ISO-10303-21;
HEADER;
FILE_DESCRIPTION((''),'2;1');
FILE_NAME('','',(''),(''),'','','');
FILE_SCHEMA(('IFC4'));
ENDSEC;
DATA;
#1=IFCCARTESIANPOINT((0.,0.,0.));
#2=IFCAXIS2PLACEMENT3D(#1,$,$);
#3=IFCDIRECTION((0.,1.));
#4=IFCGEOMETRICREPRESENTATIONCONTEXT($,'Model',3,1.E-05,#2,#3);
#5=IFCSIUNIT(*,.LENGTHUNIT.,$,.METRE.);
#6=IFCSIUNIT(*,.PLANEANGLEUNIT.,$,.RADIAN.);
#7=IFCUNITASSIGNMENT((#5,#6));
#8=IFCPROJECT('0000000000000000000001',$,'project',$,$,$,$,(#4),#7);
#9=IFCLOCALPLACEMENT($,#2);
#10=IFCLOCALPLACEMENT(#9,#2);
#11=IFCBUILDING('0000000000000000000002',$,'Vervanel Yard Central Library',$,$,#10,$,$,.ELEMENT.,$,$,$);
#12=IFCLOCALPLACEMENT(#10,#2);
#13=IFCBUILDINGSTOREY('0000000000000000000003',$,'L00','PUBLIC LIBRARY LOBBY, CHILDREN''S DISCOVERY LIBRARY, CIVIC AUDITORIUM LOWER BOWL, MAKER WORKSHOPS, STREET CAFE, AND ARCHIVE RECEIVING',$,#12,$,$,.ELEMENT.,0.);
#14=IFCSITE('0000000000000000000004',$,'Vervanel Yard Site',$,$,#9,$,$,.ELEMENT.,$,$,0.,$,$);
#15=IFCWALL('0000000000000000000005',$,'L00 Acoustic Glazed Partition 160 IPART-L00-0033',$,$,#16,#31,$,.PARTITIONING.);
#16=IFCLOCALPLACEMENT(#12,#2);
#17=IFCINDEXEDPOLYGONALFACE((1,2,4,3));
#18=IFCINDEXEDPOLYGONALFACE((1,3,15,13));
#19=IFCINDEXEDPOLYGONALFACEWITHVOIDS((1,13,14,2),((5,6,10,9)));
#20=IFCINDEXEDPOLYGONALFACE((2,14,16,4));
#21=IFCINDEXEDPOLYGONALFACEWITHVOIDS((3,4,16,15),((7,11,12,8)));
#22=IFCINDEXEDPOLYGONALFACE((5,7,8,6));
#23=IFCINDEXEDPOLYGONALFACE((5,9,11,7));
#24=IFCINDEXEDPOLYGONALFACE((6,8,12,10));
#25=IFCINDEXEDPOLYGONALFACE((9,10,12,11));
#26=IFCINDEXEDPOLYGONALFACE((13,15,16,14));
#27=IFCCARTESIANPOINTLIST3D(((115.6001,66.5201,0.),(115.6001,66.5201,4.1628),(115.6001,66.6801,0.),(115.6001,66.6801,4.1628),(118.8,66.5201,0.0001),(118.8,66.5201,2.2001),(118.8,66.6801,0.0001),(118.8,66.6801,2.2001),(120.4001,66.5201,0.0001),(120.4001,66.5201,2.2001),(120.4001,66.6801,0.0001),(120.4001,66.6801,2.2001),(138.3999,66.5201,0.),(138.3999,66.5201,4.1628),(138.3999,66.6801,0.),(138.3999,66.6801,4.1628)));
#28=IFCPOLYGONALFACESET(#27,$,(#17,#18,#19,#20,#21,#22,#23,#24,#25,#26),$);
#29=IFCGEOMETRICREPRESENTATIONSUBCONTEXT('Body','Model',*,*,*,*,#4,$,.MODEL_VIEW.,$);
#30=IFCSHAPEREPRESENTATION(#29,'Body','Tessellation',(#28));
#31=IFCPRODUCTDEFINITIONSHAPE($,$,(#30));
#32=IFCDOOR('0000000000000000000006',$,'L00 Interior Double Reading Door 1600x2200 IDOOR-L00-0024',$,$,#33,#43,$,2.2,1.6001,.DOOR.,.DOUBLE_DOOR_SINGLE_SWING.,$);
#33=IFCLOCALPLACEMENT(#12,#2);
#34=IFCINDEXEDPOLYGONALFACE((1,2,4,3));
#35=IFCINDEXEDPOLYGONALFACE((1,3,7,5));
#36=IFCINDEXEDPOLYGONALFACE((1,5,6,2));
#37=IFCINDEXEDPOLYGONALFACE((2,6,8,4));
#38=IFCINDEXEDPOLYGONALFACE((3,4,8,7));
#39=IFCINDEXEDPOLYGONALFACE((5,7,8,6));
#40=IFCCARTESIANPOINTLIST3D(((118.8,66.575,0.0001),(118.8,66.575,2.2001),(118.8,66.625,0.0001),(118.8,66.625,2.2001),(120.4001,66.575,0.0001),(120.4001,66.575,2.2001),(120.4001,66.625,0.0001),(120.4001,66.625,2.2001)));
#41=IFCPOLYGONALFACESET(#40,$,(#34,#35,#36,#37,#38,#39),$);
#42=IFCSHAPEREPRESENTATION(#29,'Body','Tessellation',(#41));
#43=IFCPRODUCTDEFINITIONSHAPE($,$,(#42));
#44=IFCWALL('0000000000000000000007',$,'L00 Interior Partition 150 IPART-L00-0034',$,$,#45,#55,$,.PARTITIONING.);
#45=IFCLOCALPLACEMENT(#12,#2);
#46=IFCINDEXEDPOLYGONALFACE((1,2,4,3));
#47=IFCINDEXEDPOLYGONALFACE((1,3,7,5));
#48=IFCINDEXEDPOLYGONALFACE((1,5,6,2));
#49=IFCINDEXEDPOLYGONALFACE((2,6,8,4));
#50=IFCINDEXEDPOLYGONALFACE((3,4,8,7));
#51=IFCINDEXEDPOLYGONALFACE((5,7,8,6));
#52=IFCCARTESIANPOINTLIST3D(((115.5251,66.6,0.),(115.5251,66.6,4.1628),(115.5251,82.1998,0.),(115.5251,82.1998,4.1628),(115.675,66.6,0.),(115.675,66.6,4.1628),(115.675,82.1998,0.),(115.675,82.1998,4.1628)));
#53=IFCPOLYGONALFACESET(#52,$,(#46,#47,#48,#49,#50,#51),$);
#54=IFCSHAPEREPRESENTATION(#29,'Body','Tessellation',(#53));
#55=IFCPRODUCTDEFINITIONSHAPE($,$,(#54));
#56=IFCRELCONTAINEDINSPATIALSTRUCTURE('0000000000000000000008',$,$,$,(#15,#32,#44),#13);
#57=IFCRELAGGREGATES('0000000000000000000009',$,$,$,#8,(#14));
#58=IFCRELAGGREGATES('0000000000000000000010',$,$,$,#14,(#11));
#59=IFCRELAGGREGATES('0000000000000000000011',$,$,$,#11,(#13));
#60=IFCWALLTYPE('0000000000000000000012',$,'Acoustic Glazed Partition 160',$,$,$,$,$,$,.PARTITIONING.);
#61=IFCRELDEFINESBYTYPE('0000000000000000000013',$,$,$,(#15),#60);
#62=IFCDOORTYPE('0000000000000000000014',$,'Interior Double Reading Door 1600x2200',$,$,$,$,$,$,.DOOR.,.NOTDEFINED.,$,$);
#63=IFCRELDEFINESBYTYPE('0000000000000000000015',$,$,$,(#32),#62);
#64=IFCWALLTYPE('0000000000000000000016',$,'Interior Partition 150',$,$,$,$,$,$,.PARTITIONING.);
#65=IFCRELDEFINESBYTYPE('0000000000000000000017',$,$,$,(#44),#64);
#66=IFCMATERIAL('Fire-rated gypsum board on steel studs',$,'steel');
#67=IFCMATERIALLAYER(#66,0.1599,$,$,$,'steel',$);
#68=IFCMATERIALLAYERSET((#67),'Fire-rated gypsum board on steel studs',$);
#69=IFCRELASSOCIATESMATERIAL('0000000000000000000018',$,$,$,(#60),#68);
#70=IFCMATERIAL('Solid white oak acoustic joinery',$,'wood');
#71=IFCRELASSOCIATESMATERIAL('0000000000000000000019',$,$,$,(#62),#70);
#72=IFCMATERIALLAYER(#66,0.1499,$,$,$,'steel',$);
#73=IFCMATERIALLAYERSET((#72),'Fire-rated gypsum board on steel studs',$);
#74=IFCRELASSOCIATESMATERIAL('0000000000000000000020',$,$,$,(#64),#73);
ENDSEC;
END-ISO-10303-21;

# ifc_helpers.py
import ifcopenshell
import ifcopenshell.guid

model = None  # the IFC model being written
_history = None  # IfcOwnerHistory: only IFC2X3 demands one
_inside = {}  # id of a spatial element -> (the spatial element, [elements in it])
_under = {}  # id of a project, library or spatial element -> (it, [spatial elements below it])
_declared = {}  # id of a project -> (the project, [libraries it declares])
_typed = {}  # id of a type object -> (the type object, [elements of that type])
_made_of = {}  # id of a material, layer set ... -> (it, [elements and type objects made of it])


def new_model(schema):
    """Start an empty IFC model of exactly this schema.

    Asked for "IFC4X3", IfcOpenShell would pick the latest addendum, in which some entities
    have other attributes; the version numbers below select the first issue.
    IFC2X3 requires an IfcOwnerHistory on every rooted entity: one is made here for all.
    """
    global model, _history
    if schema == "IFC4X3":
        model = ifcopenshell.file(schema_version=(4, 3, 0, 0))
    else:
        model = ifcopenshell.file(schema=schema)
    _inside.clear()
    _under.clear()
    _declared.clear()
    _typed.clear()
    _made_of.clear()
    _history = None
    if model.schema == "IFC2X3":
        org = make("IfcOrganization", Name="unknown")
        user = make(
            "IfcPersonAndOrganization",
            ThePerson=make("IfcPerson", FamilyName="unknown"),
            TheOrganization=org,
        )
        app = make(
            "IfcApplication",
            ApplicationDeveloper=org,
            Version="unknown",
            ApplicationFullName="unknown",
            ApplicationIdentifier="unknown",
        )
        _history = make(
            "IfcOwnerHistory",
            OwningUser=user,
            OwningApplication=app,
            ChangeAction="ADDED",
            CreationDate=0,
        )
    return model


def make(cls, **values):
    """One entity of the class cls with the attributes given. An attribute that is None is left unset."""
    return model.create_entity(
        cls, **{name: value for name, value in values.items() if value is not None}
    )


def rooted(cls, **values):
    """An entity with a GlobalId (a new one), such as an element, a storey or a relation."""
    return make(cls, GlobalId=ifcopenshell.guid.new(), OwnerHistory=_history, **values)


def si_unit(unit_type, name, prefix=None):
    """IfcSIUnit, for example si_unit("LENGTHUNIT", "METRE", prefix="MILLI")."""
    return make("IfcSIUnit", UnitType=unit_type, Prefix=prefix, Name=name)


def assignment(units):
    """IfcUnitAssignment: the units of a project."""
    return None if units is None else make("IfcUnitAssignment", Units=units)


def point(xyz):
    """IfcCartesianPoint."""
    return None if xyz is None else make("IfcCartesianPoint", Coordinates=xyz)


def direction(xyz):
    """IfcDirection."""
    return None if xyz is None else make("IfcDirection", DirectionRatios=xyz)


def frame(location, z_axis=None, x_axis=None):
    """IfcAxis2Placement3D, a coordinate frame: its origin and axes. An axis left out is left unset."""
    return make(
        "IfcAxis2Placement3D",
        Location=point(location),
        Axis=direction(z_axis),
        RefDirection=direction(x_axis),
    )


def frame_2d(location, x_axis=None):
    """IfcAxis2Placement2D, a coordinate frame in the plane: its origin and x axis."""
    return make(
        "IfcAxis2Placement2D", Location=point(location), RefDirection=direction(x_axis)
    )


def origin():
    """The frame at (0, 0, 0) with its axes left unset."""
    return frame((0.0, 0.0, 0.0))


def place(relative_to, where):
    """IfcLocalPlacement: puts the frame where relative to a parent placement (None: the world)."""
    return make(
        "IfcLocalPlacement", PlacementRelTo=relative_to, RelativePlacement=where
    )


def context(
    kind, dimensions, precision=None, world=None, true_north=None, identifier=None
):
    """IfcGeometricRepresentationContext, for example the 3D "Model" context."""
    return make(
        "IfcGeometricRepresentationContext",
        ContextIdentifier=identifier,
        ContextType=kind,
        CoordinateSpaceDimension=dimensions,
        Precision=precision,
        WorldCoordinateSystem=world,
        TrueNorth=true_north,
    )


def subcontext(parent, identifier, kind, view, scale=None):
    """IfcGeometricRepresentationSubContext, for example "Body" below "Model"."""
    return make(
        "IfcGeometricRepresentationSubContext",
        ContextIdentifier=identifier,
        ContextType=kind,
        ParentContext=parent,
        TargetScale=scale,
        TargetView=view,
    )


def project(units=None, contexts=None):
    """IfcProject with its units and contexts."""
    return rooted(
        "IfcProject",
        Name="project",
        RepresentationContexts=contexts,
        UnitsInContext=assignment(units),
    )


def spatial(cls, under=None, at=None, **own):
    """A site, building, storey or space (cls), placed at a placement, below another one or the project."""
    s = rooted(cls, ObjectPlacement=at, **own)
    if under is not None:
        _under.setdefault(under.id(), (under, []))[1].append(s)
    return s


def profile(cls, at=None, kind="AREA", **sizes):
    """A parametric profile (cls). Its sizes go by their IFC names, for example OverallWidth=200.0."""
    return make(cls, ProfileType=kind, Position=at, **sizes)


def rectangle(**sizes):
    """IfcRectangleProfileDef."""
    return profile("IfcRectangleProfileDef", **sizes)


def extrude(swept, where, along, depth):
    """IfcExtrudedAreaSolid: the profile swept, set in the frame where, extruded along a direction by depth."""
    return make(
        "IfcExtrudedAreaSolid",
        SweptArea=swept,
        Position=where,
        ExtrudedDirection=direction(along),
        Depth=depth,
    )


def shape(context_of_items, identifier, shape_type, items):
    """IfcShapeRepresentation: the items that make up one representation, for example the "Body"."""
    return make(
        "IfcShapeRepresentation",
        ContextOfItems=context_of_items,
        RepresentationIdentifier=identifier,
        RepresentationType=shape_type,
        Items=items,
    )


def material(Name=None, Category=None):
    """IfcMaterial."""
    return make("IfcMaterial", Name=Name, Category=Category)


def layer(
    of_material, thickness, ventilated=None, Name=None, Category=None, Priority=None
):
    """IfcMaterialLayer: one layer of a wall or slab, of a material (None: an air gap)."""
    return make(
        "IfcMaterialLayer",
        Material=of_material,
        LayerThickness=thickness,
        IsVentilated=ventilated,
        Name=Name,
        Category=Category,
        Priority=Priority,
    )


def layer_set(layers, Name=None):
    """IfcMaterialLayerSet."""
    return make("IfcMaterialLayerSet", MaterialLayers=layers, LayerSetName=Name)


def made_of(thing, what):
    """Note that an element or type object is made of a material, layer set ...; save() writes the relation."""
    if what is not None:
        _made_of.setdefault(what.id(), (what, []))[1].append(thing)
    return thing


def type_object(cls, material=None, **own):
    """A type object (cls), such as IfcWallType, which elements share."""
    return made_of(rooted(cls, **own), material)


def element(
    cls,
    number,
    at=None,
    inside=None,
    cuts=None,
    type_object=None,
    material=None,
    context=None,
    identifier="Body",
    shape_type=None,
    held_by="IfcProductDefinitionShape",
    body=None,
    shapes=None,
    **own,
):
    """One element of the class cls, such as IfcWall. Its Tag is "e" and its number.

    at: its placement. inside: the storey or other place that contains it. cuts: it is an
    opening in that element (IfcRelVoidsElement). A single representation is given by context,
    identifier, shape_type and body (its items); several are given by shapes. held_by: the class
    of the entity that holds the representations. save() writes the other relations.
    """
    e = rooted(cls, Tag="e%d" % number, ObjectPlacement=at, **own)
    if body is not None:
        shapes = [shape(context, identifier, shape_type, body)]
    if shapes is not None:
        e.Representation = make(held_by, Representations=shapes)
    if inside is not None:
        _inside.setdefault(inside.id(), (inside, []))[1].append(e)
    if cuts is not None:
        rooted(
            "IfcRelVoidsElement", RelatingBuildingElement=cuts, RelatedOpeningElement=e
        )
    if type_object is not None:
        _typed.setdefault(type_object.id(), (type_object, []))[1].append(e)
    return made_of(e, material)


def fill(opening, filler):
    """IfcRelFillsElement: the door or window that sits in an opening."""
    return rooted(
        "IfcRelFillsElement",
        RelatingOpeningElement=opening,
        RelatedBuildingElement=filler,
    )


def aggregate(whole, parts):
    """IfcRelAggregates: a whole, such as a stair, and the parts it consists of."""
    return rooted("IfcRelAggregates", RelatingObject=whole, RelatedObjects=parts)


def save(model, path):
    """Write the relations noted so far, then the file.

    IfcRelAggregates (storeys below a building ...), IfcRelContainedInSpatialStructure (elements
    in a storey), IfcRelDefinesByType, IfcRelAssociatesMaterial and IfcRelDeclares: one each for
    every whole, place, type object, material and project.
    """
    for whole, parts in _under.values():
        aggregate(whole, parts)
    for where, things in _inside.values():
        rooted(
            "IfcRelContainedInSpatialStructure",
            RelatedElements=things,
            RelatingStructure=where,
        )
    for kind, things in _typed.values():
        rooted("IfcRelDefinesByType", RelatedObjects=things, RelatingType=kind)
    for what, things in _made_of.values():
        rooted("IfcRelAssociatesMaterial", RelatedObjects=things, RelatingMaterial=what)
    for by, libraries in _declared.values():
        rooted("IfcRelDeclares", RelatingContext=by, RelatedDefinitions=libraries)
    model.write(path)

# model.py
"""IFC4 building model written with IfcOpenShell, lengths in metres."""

from ifc_helpers import new_model, si_unit, direction, frame, frame_2d, origin, place, context, subcontext, project, spatial, rectangle, extrude, material, layer, layer_set, type_object, element, fill, save


model = new_model("IFC4")

# Units and contexts
model_context = context("Model", 3, precision=1e-05, world=origin(), true_north=direction((0.0, 1.0)))
body_context = subcontext(model_context, "Body", "Model", "MODEL_VIEW")
ifc_project = project(units=[si_unit("LENGTHUNIT", "METRE"), si_unit("PLANEANGLEUNIT", "RADIAN")], contexts=[model_context])

# Site, building, storey
site_placement = place(None, origin())
site = spatial("IfcSite", under=ifc_project, at=site_placement, Name="Vervanel Yard Site", CompositionType="ELEMENT", RefElevation=0.0)
building_placement = place(site_placement, origin())
building = spatial("IfcBuilding", under=site, at=building_placement, Name="Vervanel Yard Central Library", CompositionType="ELEMENT")
storey_placement = place(building_placement, origin())
storey = spatial("IfcBuildingStorey", under=building, at=storey_placement, Name="L00", Description="PUBLIC LIBRARY LOBBY, CHILDREN'S DISCOVERY LIBRARY, CIVIC AUDITORIUM LOWER BOWL, MAKER WORKSHOPS, STREET CAFE, AND ARCHIVE RECEIVING", CompositionType="ELEMENT", Elevation=0.0)

# Wall, opening, door
ifc_material_1 = material(Name="Fire-rated gypsum board on steel studs", Category="steel")
ifc_layer_1 = layer(ifc_material_1, 0.1599, Category="steel")
ifc_layer_set_1 = layer_set([ifc_layer_1], Name="Fire-rated gypsum board on steel studs")
wall_type_1 = type_object("IfcWallType", Name="Acoustic Glazed Partition 160", PredefinedType="PARTITIONING", material=ifc_layer_set_1)
wall_1_placement = place(storey_placement, frame((115.6001, 66.6001, 0.0), z_axis=(0.0, 0.0, 1.0), x_axis=(1.0, 0.0, 0.0)))
wall_1 = element("IfcWall", 1, at=wall_1_placement, inside=storey, type_object=wall_type_1, Name="L00 Acoustic Glazed Partition 160 IPART-L00-0033", PredefinedType="PARTITIONING", context=body_context, shape_type="SweptSolid", body=[
    extrude(rectangle(XDim=22.7998, YDim=0.1599, at=frame_2d((11.3999, 0.0))), origin(), (0.0, 0.0, 1.0), 4.1628),
])
opening_placement = place(wall_1_placement, frame((3.2, 0.0, 0.0)))
opening = element("IfcOpeningElement", 2, at=opening_placement, cuts=wall_1, PredefinedType="OPENING", context=body_context, shape_type="SweptSolid", body=[
    extrude(rectangle(XDim=1.6001, YDim=2.2, at=frame_2d((0.8, 1.1001))), frame((0.0, 0.0898, 0.0), z_axis=(0.0, -1.0, 0.0), x_axis=(1.0, 0.0, 0.0)), (0.0, 0.0, 1.0), 0.1799),
])
ifc_material_2 = material(Name="Solid white oak acoustic joinery", Category="wood")
door_type = type_object("IfcDoorType", Name="Interior Double Reading Door 1600x2200", OperationType="NOTDEFINED", PredefinedType="DOOR", material=ifc_material_2)
door_placement = place(opening_placement, origin())
door = element("IfcDoor", 3, at=door_placement, inside=storey, type_object=door_type, Name="L00 Interior Double Reading Door 1600x2200 IDOOR-L00-0024", OperationType="DOUBLE_DOOR_SINGLE_SWING", OverallHeight=2.2, OverallWidth=1.6001, PredefinedType="DOOR", context=body_context, shape_type="SweptSolid", body=[
    extrude(rectangle(XDim=1.6001, YDim=2.2, at=frame_2d((0.8, 1.1001))), frame((0.0, 0.0249, 0.0), z_axis=(0.0, -1.0, 0.0), x_axis=(1.0, 0.0, 0.0)), (0.0, 0.0, 1.0), 0.05),
])
fill(opening, door)

# Wall
ifc_layer_2 = layer(ifc_material_1, 0.1499, Category="steel")
ifc_layer_set_2 = layer_set([ifc_layer_2], Name="Fire-rated gypsum board on steel studs")
wall_type_2 = type_object("IfcWallType", Name="Interior Partition 150", PredefinedType="PARTITIONING", material=ifc_layer_set_2)
wall_2_placement = place(storey_placement, frame((115.6001, 66.6001, 0.0), z_axis=(0.0, 0.0, 1.0), x_axis=(0.0, 1.0, 0.0)))
element("IfcWall", 4, at=wall_2_placement, inside=storey, type_object=wall_type_2, Name="L00 Interior Partition 150 IPART-L00-0034", PredefinedType="PARTITIONING", context=body_context, shape_type="SweptSolid", body=[
    extrude(rectangle(XDim=15.5999, YDim=0.1499, at=frame_2d((7.7998, 0.0))), origin(), (0.0, 0.0, 1.0), 4.1628),
])

save(model, "model.ifc")
